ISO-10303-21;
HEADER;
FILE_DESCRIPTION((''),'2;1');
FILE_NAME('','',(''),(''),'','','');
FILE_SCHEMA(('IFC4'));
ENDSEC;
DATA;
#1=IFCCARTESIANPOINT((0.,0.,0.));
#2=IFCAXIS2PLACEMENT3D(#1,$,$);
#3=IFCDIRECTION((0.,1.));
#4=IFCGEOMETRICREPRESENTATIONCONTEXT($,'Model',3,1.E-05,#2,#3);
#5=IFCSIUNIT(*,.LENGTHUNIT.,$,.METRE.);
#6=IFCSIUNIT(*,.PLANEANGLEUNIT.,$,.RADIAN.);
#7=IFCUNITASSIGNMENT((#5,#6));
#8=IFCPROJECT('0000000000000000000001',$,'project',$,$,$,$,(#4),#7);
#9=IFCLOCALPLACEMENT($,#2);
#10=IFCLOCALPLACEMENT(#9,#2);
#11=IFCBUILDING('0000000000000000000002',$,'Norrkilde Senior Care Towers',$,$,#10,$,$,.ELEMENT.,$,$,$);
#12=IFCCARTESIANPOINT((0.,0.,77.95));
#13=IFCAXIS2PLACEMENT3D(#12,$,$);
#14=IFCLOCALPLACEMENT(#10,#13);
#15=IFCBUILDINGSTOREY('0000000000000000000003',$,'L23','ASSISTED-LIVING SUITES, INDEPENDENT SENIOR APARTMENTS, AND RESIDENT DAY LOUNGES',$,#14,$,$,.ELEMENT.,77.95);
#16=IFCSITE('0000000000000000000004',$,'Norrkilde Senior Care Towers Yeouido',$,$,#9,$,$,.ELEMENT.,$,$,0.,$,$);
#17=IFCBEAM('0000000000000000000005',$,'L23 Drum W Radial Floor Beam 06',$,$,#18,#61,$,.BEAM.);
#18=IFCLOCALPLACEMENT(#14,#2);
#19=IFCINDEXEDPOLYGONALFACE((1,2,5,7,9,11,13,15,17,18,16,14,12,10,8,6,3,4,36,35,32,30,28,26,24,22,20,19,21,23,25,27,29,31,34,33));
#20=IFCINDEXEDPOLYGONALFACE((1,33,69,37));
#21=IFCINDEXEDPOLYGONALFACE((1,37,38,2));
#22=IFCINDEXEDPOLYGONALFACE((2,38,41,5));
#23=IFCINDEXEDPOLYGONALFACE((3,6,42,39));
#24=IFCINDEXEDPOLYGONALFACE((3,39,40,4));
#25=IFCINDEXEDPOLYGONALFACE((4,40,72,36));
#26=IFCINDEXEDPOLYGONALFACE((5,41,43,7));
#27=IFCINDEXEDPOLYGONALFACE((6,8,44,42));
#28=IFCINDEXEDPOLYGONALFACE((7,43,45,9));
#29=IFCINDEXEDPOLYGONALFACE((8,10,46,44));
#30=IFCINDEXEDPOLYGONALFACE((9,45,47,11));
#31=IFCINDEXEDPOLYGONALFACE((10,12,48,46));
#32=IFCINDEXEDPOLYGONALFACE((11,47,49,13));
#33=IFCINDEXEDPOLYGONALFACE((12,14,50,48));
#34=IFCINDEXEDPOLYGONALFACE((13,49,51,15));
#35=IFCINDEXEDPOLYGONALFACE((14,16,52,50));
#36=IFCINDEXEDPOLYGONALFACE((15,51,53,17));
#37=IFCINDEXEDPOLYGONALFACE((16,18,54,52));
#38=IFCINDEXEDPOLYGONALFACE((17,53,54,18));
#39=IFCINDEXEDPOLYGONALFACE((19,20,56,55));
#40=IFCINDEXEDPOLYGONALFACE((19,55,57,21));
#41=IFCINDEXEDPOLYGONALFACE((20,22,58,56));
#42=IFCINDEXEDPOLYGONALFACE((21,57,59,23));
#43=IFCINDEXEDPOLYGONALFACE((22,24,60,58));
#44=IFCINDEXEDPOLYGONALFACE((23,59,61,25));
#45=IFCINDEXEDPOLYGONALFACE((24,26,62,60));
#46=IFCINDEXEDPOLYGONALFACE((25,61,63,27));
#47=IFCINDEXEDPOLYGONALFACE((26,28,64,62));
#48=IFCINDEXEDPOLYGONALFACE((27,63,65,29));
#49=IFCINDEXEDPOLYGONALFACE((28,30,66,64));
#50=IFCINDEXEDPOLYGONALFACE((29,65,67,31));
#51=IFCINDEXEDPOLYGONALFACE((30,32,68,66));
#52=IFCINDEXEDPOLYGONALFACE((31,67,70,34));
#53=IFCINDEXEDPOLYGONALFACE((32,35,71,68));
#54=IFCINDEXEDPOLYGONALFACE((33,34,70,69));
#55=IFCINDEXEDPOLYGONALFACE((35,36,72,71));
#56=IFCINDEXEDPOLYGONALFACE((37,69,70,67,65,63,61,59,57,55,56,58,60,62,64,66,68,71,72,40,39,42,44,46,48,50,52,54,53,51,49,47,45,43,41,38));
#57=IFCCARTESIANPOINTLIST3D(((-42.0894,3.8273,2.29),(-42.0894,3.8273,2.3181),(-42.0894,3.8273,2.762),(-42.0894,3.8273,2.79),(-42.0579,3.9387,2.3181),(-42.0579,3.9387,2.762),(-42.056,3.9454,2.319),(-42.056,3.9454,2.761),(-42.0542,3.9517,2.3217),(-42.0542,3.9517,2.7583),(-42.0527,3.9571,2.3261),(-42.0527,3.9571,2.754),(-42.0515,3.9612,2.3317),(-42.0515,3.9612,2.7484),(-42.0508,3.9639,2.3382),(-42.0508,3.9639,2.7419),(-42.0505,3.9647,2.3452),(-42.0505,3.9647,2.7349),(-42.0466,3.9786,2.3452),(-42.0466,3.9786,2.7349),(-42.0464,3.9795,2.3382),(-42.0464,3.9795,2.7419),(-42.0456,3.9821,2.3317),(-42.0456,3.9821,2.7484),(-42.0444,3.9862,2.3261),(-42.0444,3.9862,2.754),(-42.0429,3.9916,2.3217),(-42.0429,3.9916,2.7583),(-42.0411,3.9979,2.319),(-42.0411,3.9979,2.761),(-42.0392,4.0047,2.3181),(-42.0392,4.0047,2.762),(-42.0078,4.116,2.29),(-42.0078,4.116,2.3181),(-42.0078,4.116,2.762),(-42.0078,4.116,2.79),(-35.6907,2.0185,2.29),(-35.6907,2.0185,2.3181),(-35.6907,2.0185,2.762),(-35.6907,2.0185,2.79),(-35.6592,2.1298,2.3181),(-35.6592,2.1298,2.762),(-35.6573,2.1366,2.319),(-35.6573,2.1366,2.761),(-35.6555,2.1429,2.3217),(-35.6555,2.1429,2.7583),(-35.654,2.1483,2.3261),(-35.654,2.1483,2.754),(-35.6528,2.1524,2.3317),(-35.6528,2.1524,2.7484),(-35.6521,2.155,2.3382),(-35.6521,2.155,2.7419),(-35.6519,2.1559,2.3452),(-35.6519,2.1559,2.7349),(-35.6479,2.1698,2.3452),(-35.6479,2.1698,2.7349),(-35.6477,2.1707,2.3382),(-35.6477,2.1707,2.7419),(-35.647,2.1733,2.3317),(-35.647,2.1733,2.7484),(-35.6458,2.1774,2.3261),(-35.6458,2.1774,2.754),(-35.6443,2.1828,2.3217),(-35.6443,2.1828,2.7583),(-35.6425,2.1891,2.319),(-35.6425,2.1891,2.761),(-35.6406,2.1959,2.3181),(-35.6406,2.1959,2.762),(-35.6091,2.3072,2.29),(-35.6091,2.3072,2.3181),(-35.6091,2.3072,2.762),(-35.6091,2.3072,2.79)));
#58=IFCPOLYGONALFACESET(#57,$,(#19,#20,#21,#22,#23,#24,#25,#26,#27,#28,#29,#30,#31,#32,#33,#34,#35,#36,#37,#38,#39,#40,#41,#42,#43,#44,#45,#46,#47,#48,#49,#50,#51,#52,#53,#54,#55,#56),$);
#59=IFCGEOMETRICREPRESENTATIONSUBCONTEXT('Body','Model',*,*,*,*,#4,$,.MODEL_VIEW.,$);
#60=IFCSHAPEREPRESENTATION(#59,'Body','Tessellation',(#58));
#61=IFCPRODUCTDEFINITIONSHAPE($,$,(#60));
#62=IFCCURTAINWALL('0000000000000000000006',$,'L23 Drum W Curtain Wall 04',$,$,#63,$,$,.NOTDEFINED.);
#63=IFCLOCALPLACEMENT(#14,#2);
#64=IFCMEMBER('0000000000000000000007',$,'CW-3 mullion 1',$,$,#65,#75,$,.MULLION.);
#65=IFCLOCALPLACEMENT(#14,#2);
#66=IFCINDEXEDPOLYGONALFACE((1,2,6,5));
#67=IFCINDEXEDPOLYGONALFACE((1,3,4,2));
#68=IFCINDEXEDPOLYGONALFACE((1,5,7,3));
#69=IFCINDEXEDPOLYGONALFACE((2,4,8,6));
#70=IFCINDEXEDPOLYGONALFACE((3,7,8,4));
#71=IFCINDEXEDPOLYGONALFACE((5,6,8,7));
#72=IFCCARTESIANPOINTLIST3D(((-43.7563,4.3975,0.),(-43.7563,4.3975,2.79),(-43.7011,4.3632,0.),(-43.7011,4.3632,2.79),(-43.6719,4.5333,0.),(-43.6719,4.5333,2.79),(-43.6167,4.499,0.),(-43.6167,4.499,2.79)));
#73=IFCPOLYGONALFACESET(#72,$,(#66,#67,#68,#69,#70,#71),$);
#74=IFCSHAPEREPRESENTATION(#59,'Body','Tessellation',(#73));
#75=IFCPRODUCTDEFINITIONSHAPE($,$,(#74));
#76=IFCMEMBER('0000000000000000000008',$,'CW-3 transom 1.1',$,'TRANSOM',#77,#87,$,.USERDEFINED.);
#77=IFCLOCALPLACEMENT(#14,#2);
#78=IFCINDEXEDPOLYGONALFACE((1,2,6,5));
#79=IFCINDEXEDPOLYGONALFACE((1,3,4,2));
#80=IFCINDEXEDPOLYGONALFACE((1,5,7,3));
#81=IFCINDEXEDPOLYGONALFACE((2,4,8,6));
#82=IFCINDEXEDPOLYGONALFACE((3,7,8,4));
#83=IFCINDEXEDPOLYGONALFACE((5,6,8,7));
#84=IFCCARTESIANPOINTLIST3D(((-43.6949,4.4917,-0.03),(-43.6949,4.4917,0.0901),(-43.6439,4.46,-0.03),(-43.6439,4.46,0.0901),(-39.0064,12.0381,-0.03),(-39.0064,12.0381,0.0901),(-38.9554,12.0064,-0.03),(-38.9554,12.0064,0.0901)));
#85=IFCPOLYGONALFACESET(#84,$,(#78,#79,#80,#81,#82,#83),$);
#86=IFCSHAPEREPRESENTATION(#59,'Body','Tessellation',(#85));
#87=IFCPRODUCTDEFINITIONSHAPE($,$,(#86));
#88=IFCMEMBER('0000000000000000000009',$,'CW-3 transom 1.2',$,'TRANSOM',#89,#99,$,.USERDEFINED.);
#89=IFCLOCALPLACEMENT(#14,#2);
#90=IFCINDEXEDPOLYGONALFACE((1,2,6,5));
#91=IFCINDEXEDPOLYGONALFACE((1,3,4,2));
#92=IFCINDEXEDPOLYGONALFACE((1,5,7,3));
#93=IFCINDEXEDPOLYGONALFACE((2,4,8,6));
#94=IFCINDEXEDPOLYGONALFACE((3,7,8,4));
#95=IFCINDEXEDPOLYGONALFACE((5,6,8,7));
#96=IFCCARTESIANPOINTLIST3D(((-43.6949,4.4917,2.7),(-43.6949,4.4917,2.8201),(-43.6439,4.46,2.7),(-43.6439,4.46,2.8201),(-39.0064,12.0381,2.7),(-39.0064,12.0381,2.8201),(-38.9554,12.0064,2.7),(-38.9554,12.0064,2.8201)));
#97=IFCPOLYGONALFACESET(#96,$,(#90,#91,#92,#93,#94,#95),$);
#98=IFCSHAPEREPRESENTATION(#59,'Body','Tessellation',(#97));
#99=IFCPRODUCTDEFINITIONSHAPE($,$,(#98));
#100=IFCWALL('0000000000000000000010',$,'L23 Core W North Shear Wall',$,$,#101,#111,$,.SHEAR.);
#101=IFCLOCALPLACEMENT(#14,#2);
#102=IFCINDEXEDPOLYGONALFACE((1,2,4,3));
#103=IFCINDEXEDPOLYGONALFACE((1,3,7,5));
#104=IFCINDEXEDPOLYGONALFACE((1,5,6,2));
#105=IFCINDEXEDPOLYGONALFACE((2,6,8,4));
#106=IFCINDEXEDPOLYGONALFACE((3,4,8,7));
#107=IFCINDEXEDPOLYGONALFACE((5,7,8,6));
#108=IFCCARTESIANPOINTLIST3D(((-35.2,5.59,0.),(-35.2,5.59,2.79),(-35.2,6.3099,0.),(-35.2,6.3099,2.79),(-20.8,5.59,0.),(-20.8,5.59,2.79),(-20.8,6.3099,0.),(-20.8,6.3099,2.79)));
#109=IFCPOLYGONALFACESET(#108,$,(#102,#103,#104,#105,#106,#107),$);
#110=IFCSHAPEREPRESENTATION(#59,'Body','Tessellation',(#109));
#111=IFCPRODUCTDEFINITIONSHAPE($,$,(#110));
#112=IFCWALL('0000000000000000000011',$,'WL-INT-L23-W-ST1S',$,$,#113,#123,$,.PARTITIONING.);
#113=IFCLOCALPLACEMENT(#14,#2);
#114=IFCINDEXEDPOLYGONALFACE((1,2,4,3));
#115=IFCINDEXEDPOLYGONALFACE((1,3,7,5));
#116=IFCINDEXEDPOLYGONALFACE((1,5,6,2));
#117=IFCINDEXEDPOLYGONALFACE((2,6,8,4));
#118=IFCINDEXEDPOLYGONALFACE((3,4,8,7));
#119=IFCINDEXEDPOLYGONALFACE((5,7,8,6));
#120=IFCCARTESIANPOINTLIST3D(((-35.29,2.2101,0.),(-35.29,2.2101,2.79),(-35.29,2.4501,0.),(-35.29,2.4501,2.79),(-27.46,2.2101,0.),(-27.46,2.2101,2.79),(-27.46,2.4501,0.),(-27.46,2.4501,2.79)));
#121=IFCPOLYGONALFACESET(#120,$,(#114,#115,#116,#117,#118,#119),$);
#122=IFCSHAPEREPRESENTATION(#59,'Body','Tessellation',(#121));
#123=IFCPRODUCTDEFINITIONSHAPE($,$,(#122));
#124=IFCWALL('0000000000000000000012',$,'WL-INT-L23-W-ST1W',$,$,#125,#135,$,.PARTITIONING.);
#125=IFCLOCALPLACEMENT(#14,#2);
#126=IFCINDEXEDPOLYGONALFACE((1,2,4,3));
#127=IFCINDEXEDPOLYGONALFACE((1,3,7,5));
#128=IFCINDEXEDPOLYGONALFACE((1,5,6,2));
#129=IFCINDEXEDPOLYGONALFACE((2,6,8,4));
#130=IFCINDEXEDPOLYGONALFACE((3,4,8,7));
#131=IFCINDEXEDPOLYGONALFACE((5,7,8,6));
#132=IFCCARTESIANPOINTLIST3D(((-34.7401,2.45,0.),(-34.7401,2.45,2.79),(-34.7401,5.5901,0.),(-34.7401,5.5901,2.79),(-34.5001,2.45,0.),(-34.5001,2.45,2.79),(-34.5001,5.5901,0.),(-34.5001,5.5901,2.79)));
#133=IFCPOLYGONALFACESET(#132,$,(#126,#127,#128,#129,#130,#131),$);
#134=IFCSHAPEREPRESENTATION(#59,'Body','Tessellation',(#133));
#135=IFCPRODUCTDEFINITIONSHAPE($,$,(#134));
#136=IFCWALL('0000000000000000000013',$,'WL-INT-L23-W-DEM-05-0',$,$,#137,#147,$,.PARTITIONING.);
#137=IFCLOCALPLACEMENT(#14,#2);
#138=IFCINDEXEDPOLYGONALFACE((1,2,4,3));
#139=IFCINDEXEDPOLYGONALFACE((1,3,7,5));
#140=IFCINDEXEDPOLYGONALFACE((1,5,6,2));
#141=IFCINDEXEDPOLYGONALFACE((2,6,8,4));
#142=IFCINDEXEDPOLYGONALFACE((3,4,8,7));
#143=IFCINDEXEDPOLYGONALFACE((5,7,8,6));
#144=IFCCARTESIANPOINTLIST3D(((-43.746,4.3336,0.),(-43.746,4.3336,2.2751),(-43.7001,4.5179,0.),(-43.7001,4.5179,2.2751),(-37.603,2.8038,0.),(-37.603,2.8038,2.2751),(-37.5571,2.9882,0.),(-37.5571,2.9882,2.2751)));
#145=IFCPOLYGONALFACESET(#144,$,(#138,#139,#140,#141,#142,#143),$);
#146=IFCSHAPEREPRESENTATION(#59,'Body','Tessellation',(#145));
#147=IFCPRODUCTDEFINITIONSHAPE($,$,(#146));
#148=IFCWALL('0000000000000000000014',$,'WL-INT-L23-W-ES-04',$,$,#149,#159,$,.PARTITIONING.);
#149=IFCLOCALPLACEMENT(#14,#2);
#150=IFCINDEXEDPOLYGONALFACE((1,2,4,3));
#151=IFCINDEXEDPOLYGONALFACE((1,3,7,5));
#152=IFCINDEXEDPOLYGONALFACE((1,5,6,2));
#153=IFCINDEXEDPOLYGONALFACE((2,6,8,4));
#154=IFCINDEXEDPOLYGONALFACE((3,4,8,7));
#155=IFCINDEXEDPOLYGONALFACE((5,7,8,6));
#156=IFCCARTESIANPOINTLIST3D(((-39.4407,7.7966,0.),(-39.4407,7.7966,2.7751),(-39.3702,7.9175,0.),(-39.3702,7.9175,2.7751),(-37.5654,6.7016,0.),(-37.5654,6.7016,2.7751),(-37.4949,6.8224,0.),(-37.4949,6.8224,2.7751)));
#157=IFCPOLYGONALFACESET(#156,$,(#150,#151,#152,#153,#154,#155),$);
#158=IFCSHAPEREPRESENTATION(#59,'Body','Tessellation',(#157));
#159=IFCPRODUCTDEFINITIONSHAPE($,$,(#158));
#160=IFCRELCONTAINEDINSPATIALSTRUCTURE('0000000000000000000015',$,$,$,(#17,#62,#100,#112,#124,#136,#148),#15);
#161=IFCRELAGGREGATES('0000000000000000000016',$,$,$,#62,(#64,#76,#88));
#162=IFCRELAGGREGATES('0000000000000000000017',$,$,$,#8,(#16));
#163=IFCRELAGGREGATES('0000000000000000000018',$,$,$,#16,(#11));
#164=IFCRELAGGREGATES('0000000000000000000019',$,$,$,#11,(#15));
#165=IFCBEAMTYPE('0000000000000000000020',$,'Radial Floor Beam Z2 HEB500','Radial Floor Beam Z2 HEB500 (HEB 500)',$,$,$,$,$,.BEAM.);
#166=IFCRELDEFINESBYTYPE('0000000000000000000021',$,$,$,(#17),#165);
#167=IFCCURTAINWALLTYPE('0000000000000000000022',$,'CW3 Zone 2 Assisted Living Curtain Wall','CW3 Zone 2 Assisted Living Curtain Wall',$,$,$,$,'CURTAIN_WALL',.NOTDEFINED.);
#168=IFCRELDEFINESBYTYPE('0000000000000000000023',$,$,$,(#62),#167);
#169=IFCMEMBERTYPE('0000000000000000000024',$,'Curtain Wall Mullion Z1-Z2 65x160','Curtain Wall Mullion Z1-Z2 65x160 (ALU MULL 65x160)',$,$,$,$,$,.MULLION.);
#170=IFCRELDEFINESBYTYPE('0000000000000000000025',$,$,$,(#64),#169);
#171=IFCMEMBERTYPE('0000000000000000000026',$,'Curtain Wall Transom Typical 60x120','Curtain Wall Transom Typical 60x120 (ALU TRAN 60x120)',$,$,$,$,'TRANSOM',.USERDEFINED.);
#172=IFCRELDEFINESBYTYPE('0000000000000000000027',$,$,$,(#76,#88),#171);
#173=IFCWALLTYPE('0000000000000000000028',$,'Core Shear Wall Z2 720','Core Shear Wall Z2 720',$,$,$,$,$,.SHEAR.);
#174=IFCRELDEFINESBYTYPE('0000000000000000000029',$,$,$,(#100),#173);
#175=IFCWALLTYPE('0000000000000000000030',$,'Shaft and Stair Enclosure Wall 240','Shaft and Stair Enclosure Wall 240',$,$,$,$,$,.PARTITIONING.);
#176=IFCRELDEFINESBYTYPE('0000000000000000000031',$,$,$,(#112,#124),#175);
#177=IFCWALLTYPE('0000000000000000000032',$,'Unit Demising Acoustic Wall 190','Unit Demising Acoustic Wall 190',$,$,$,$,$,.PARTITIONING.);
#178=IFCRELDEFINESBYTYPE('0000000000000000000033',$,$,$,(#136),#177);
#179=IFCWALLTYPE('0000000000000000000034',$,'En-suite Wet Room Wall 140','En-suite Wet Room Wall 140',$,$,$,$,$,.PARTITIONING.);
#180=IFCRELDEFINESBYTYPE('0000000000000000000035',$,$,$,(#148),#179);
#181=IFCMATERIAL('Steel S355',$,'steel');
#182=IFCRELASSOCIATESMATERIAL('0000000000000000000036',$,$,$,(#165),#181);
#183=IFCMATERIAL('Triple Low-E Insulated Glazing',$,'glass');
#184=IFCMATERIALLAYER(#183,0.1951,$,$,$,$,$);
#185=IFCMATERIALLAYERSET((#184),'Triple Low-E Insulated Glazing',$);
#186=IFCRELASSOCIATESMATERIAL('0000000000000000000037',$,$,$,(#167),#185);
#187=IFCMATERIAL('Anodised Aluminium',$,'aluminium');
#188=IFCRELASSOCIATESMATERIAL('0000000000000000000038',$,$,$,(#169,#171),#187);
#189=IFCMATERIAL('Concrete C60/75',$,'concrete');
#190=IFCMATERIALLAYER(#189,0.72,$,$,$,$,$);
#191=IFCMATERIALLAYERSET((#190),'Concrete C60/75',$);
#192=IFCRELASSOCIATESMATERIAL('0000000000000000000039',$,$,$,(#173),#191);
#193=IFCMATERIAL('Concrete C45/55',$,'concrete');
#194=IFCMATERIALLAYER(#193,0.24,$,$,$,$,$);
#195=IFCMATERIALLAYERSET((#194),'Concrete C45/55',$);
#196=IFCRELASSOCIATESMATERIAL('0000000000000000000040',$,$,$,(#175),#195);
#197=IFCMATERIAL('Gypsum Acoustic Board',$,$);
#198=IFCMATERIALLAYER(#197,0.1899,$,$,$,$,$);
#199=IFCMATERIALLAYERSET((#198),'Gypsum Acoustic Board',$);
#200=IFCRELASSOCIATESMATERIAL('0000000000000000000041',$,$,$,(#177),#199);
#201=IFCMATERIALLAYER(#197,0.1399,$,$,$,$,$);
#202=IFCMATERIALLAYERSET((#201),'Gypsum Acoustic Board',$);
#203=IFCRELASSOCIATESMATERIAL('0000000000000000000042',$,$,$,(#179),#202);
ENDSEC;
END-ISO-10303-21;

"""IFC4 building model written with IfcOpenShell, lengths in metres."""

from ifc_helpers import new_model, si_unit, direction, frame, frame_2d, origin, origin_2d, place, context, subcontext, project, spatial, rectangle, i_section, extrude, source, transform, mapped, material, layer, layer_set, material_profile, profile_set, type_object, type_shapes, element, aggregate, save


model = new_model("IFC4")

# Units and contexts
model_context = context("Model", 3, precision=1e-05, world=origin(), true_north=direction((0.0, 1.0)))
body_context = subcontext(model_context, "Body", "Model", "MODEL_VIEW")
ifc_project = project(units=[si_unit("LENGTHUNIT", "METRE"), si_unit("PLANEANGLEUNIT", "RADIAN")], contexts=[model_context])

# Site, building, storey
site_placement = place(None, origin())
site = spatial("IfcSite", under=ifc_project, at=site_placement, Name="Norrkilde Senior Care Towers Yeouido", CompositionType="ELEMENT", RefElevation=0.0)
building_placement = place(site_placement, origin())
building = spatial("IfcBuilding", under=site, at=building_placement, Name="Norrkilde Senior Care Towers", CompositionType="ELEMENT")
storey_placement = place(building_placement, frame((0.0, 0.0, 77.95)))
storey = spatial("IfcBuildingStorey", under=building, at=storey_placement, Name="L23", Description="ASSISTED-LIVING SUITES, INDEPENDENT SENIOR APARTMENTS, AND RESIDENT DAY LOUNGES", CompositionType="ELEMENT", Elevation=77.95)

# Shared definitions
ifc_material_1 = material(Name="Concrete C60/75", Category="concrete")

# Beam
ifc_material_2 = material(Name="Steel S355", Category="steel")
ifc_material_profile_1 = material_profile(ifc_material_2, i_section(OverallWidth=0.3, OverallDepth=0.5, WebThickness=0.0144, FlangeThickness=0.0281, FilletRadius=0.0271, at=origin_2d()), Name="HEB 500")
ifc_profile_set_1 = profile_set([ifc_material_profile_1], Name="Steel S355")
beam_type_1 = type_object("IfcBeamType", Name="Radial Floor Beam Z2 HEB500", Description="Radial Floor Beam Z2 HEB500 (HEB 500)", PredefinedType="BEAM", material=ifc_profile_set_1)
shared_shape_1 = source(origin(), body_context, "Body", "SweptSolid", [
    extrude(i_section(OverallWidth=0.3, OverallDepth=0.5, WebThickness=0.0144, FlangeThickness=0.0281, FilletRadius=0.0271, at=origin_2d()), origin(), (0.0, 0.0, 1.0), 6.6494),
])
beam_1_placement = place(storey_placement, frame((-35.6499, 2.1628, 2.54), z_axis=(-0.962289, 0.272029, 0.0), x_axis=(-0.272029, -0.962289, 0.0)))
element("IfcBeam", 1, at=beam_1_placement, inside=storey, type_object=beam_type_1, Name="L23 Drum W Radial Floor Beam 06", PredefinedType="BEAM", context=body_context, shape_type="MappedRepresentation", body=[
    mapped(shared_shape_1, transform((0.0, 0.0, 0.0), x_axis=(1.0, 0.0, 0.0), y_axis=(0.0, 1.0, 0.0), z_axis=(0.0, 0.0, 1.0), scale=1.0)),
])

# Curtain wall, members
ifc_material_3 = material(Name="Triple Low-E Insulated Glazing", Category="glass")
ifc_layer_1 = layer(ifc_material_3, 0.1951)
ifc_layer_set_1 = layer_set([ifc_layer_1], Name="Triple Low-E Insulated Glazing")
curtain_wall_type = type_object("IfcCurtainWallType", Name="CW3 Zone 2 Assisted Living Curtain Wall", Description="CW3 Zone 2 Assisted Living Curtain Wall", ElementType="CURTAIN_WALL", PredefinedType="NOTDEFINED", material=ifc_layer_set_1)
curtain_wall_placement = place(storey_placement, origin())
curtain_wall = element("IfcCurtainWall", 2, at=curtain_wall_placement, inside=storey, type_object=curtain_wall_type, Name="L23 Drum W Curtain Wall 04", PredefinedType="NOTDEFINED")
ifc_material_4 = material(Name="Anodised Aluminium", Category="aluminium")
ifc_material_profile_2 = material_profile(ifc_material_4, rectangle(XDim=0.0649, YDim=0.1599, at=origin_2d()), Name="ALU MULL 65x160")
ifc_profile_set_2 = profile_set([ifc_material_profile_2], Name="Anodised Aluminium")
member_type_1 = type_object("IfcMemberType", Name="Curtain Wall Mullion Z1-Z2 65x160", Description="Curtain Wall Mullion Z1-Z2 65x160 (ALU MULL 65x160)", PredefinedType="MULLION", material=ifc_profile_set_2)
shared_shape_2 = source(origin(), body_context, "Body", "SweptSolid", [
    extrude(rectangle(XDim=0.0649, YDim=0.1599, at=origin_2d()), origin(), (0.0, 0.0, 1.0), 2.79),
])
type_shapes(member_type_1, [shared_shape_2])
member_1_placement = place(storey_placement, frame((-43.6865, 4.4482, 0.0), z_axis=(0.0, 0.0, 1.0), x_axis=(-0.84941, 0.527733, 0.0)))
member_1 = element("IfcMember", 3, at=member_1_placement, type_object=member_type_1, Name="CW-3 mullion 1", PredefinedType="MULLION", context=body_context, shape_type="MappedRepresentation", body=[
    mapped(shared_shape_2, transform((0.0, 0.0, 0.0), x_axis=(1.0, 0.0, 0.0), y_axis=(0.0, 1.0, 0.0), z_axis=(0.0, 0.0, 1.0), scale=1.0)),
])
ifc_material_profile_3 = material_profile(ifc_material_4, rectangle(XDim=0.0601, YDim=0.1201, at=origin_2d()), Name="ALU TRAN 60x120")
ifc_profile_set_3 = profile_set([ifc_material_profile_3], Name="Anodised Aluminium")
member_type_2 = type_object("IfcMemberType", Name="Curtain Wall Transom Typical 60x120", Description="Curtain Wall Transom Typical 60x120 (ALU TRAN 60x120)", ElementType="TRANSOM", PredefinedType="USERDEFINED", material=ifc_profile_set_3)
shared_shape_3 = source(origin(), body_context, "Body", "SweptSolid", [
    extrude(rectangle(XDim=0.0601, YDim=0.1201, at=origin_2d()), origin(), (0.0, 0.0, 1.0), 8.8843),
])
type_shapes(member_type_2, [shared_shape_3])
member_2_placement = place(storey_placement, frame((-43.6694, 4.4758, 0.03), z_axis=(0.527729, 0.849413, 0.0), x_axis=(-0.849413, 0.527729, 0.0)))
member_2 = element("IfcMember", 4, at=member_2_placement, type_object=member_type_2, Name="CW-3 transom 1.1", ObjectType="TRANSOM", PredefinedType="USERDEFINED", context=body_context, shape_type="MappedRepresentation", body=[
    mapped(shared_shape_3, transform((0.0, 0.0, 0.0), x_axis=(1.0, 0.0, 0.0), y_axis=(0.0, 1.0, 0.0), z_axis=(0.0, 0.0, 1.0), scale=1.0)),
])
member_3_placement = place(storey_placement, frame((-43.6694, 4.4758, 2.76), z_axis=(0.527729, 0.849413, 0.0), x_axis=(-0.849413, 0.527729, 0.0)))
member_3 = element("IfcMember", 5, at=member_3_placement, type_object=member_type_2, Name="CW-3 transom 1.2", ObjectType="TRANSOM", PredefinedType="USERDEFINED", context=body_context, shape_type="MappedRepresentation", body=[
    mapped(shared_shape_3, transform((0.0, 0.0, 0.0), x_axis=(1.0, 0.0, 0.0), y_axis=(0.0, 1.0, 0.0), z_axis=(0.0, 0.0, 1.0), scale=1.0)),
])
aggregate(curtain_wall, [member_1, member_2, member_3])

# Walls
ifc_layer_2 = layer(ifc_material_1, 0.72)
ifc_layer_set_2 = layer_set([ifc_layer_2], Name="Concrete C60/75")
wall_type_1 = type_object("IfcWallType", Name="Core Shear Wall Z2 720", Description="Core Shear Wall Z2 720", PredefinedType="SHEAR", material=ifc_layer_set_2)
shared_shape_4 = source(origin(), body_context, "Body", "SweptSolid", [
    extrude(rectangle(XDim=14.3999, YDim=0.72, at=frame_2d((7.2, 0.0))), origin(), (0.0, 0.0, 1.0), 2.79),
])
type_shapes(wall_type_1, [shared_shape_4])
wall_1_placement = place(storey_placement, frame((-35.2, 5.95, 0.0), z_axis=(0.0, 0.0, 1.0), x_axis=(1.0, 0.0, 0.0)))
element("IfcWall", 6, at=wall_1_placement, inside=storey, type_object=wall_type_1, Name="L23 Core W North Shear Wall", PredefinedType="SHEAR", context=body_context, shape_type="MappedRepresentation", body=[
    mapped(shared_shape_4, transform((0.0, 0.0, 0.0), x_axis=(1.0, 0.0, 0.0), y_axis=(0.0, 1.0, 0.0), z_axis=(0.0, 0.0, 1.0), scale=1.0)),
])
ifc_material_5 = material(Name="Concrete C45/55", Category="concrete")
ifc_layer_3 = layer(ifc_material_5, 0.24)
ifc_layer_set_3 = layer_set([ifc_layer_3], Name="Concrete C45/55")
wall_type_2 = type_object("IfcWallType", Name="Shaft and Stair Enclosure Wall 240", Description="Shaft and Stair Enclosure Wall 240", PredefinedType="PARTITIONING", material=ifc_layer_set_3)
shared_shape_5 = source(origin(), body_context, "Body", "SweptSolid", [
    extrude(rectangle(XDim=7.8301, YDim=0.24, at=frame_2d((3.915, 0.0))), origin(), (0.0, 0.0, 1.0), 2.79),
])
wall_2_placement = place(storey_placement, frame((-35.29, 2.3301, 0.0), z_axis=(0.0, 0.0, 1.0), x_axis=(1.0, 0.0, 0.0)))
element("IfcWall", 7, at=wall_2_placement, inside=storey, type_object=wall_type_2, Name="WL-INT-L23-W-ST1S", PredefinedType="PARTITIONING", context=body_context, shape_type="MappedRepresentation", body=[
    mapped(shared_shape_5, transform((0.0, 0.0, 0.0), x_axis=(1.0, 0.0, 0.0), y_axis=(0.0, 1.0, 0.0), z_axis=(0.0, 0.0, 1.0), scale=1.0)),
])
shared_shape_6 = source(origin(), body_context, "Body", "SweptSolid", [
    extrude(rectangle(XDim=3.1401, YDim=0.24, at=frame_2d((1.5701, 0.0))), origin(), (0.0, 0.0, 1.0), 2.79),
])
type_shapes(wall_type_2, [shared_shape_5, shared_shape_6])
wall_3_placement = place(storey_placement, frame((-34.6201, 2.45, 0.0), z_axis=(0.0, 0.0, 1.0), x_axis=(0.0, 1.0, 0.0)))
element("IfcWall", 8, at=wall_3_placement, inside=storey, type_object=wall_type_2, Name="WL-INT-L23-W-ST1W", PredefinedType="PARTITIONING", context=body_context, shape_type="MappedRepresentation", body=[
    mapped(shared_shape_6, transform((0.0, 0.0, 0.0), x_axis=(1.0, 0.0, 0.0), y_axis=(0.0, 1.0, 0.0), z_axis=(0.0, 0.0, 1.0), scale=1.0)),
])
ifc_material_6 = material(Name="Gypsum Acoustic Board")
ifc_layer_4 = layer(ifc_material_6, 0.1899)
ifc_layer_set_4 = layer_set([ifc_layer_4], Name="Gypsum Acoustic Board")
wall_type_3 = type_object("IfcWallType", Name="Unit Demising Acoustic Wall 190", Description="Unit Demising Acoustic Wall 190", PredefinedType="PARTITIONING", material=ifc_layer_set_4)
shared_shape_7 = source(origin(), body_context, "Body", "SweptSolid", [
    extrude(rectangle(XDim=6.3306, YDim=0.1899, at=frame_2d((3.1653, 0.0))), origin(), (0.0, 0.0, 1.0), 2.2751),
])
type_shapes(wall_type_3, [shared_shape_7])
wall_4_placement = place(storey_placement, frame((-37.5801, 2.896, 0.0), z_axis=(0.0, 0.0, 1.0), x_axis=(-0.970364, 0.241646, 0.0)))
element("IfcWall", 9, at=wall_4_placement, inside=storey, type_object=wall_type_3, Name="WL-INT-L23-W-DEM-05-0", PredefinedType="PARTITIONING", context=body_context, shape_type="MappedRepresentation", body=[
    mapped(shared_shape_7, transform((0.0, 0.0, 0.0), x_axis=(1.0, 0.0, 0.0), y_axis=(0.0, 1.0, 0.0), z_axis=(0.0, 0.0, 1.0), scale=1.0)),
])
ifc_layer_5 = layer(ifc_material_6, 0.1399)
ifc_layer_set_5 = layer_set([ifc_layer_5], Name="Gypsum Acoustic Board")
wall_type_4 = type_object("IfcWallType", Name="En-suite Wet Room Wall 140", Description="En-suite Wet Room Wall 140", PredefinedType="PARTITIONING", material=ifc_layer_set_5)
shared_shape_8 = source(origin(), body_context, "Body", "SweptSolid", [
    extrude(rectangle(XDim=2.1716, YDim=0.1399, at=frame_2d((1.0859, 0.0))), origin(), (0.0, 0.0, 1.0), 2.7751),
])
type_shapes(wall_type_4, [shared_shape_8])
wall_5_placement = place(storey_placement, frame((-37.53, 6.762, 0.0), z_axis=(0.0, 0.0, 1.0), x_axis=(-0.863563, 0.504241, 0.0)))
element("IfcWall", 10, at=wall_5_placement, inside=storey, type_object=wall_type_4, Name="WL-INT-L23-W-ES-04", PredefinedType="PARTITIONING", context=body_context, shape_type="MappedRepresentation", body=[
    mapped(shared_shape_8, transform((0.0, 0.0, 0.0), x_axis=(1.0, 0.0, 0.0), y_axis=(0.0, 1.0, 0.0), z_axis=(0.0, 0.0, 1.0), scale=1.0)),
])

save(model, "model.ifc")
